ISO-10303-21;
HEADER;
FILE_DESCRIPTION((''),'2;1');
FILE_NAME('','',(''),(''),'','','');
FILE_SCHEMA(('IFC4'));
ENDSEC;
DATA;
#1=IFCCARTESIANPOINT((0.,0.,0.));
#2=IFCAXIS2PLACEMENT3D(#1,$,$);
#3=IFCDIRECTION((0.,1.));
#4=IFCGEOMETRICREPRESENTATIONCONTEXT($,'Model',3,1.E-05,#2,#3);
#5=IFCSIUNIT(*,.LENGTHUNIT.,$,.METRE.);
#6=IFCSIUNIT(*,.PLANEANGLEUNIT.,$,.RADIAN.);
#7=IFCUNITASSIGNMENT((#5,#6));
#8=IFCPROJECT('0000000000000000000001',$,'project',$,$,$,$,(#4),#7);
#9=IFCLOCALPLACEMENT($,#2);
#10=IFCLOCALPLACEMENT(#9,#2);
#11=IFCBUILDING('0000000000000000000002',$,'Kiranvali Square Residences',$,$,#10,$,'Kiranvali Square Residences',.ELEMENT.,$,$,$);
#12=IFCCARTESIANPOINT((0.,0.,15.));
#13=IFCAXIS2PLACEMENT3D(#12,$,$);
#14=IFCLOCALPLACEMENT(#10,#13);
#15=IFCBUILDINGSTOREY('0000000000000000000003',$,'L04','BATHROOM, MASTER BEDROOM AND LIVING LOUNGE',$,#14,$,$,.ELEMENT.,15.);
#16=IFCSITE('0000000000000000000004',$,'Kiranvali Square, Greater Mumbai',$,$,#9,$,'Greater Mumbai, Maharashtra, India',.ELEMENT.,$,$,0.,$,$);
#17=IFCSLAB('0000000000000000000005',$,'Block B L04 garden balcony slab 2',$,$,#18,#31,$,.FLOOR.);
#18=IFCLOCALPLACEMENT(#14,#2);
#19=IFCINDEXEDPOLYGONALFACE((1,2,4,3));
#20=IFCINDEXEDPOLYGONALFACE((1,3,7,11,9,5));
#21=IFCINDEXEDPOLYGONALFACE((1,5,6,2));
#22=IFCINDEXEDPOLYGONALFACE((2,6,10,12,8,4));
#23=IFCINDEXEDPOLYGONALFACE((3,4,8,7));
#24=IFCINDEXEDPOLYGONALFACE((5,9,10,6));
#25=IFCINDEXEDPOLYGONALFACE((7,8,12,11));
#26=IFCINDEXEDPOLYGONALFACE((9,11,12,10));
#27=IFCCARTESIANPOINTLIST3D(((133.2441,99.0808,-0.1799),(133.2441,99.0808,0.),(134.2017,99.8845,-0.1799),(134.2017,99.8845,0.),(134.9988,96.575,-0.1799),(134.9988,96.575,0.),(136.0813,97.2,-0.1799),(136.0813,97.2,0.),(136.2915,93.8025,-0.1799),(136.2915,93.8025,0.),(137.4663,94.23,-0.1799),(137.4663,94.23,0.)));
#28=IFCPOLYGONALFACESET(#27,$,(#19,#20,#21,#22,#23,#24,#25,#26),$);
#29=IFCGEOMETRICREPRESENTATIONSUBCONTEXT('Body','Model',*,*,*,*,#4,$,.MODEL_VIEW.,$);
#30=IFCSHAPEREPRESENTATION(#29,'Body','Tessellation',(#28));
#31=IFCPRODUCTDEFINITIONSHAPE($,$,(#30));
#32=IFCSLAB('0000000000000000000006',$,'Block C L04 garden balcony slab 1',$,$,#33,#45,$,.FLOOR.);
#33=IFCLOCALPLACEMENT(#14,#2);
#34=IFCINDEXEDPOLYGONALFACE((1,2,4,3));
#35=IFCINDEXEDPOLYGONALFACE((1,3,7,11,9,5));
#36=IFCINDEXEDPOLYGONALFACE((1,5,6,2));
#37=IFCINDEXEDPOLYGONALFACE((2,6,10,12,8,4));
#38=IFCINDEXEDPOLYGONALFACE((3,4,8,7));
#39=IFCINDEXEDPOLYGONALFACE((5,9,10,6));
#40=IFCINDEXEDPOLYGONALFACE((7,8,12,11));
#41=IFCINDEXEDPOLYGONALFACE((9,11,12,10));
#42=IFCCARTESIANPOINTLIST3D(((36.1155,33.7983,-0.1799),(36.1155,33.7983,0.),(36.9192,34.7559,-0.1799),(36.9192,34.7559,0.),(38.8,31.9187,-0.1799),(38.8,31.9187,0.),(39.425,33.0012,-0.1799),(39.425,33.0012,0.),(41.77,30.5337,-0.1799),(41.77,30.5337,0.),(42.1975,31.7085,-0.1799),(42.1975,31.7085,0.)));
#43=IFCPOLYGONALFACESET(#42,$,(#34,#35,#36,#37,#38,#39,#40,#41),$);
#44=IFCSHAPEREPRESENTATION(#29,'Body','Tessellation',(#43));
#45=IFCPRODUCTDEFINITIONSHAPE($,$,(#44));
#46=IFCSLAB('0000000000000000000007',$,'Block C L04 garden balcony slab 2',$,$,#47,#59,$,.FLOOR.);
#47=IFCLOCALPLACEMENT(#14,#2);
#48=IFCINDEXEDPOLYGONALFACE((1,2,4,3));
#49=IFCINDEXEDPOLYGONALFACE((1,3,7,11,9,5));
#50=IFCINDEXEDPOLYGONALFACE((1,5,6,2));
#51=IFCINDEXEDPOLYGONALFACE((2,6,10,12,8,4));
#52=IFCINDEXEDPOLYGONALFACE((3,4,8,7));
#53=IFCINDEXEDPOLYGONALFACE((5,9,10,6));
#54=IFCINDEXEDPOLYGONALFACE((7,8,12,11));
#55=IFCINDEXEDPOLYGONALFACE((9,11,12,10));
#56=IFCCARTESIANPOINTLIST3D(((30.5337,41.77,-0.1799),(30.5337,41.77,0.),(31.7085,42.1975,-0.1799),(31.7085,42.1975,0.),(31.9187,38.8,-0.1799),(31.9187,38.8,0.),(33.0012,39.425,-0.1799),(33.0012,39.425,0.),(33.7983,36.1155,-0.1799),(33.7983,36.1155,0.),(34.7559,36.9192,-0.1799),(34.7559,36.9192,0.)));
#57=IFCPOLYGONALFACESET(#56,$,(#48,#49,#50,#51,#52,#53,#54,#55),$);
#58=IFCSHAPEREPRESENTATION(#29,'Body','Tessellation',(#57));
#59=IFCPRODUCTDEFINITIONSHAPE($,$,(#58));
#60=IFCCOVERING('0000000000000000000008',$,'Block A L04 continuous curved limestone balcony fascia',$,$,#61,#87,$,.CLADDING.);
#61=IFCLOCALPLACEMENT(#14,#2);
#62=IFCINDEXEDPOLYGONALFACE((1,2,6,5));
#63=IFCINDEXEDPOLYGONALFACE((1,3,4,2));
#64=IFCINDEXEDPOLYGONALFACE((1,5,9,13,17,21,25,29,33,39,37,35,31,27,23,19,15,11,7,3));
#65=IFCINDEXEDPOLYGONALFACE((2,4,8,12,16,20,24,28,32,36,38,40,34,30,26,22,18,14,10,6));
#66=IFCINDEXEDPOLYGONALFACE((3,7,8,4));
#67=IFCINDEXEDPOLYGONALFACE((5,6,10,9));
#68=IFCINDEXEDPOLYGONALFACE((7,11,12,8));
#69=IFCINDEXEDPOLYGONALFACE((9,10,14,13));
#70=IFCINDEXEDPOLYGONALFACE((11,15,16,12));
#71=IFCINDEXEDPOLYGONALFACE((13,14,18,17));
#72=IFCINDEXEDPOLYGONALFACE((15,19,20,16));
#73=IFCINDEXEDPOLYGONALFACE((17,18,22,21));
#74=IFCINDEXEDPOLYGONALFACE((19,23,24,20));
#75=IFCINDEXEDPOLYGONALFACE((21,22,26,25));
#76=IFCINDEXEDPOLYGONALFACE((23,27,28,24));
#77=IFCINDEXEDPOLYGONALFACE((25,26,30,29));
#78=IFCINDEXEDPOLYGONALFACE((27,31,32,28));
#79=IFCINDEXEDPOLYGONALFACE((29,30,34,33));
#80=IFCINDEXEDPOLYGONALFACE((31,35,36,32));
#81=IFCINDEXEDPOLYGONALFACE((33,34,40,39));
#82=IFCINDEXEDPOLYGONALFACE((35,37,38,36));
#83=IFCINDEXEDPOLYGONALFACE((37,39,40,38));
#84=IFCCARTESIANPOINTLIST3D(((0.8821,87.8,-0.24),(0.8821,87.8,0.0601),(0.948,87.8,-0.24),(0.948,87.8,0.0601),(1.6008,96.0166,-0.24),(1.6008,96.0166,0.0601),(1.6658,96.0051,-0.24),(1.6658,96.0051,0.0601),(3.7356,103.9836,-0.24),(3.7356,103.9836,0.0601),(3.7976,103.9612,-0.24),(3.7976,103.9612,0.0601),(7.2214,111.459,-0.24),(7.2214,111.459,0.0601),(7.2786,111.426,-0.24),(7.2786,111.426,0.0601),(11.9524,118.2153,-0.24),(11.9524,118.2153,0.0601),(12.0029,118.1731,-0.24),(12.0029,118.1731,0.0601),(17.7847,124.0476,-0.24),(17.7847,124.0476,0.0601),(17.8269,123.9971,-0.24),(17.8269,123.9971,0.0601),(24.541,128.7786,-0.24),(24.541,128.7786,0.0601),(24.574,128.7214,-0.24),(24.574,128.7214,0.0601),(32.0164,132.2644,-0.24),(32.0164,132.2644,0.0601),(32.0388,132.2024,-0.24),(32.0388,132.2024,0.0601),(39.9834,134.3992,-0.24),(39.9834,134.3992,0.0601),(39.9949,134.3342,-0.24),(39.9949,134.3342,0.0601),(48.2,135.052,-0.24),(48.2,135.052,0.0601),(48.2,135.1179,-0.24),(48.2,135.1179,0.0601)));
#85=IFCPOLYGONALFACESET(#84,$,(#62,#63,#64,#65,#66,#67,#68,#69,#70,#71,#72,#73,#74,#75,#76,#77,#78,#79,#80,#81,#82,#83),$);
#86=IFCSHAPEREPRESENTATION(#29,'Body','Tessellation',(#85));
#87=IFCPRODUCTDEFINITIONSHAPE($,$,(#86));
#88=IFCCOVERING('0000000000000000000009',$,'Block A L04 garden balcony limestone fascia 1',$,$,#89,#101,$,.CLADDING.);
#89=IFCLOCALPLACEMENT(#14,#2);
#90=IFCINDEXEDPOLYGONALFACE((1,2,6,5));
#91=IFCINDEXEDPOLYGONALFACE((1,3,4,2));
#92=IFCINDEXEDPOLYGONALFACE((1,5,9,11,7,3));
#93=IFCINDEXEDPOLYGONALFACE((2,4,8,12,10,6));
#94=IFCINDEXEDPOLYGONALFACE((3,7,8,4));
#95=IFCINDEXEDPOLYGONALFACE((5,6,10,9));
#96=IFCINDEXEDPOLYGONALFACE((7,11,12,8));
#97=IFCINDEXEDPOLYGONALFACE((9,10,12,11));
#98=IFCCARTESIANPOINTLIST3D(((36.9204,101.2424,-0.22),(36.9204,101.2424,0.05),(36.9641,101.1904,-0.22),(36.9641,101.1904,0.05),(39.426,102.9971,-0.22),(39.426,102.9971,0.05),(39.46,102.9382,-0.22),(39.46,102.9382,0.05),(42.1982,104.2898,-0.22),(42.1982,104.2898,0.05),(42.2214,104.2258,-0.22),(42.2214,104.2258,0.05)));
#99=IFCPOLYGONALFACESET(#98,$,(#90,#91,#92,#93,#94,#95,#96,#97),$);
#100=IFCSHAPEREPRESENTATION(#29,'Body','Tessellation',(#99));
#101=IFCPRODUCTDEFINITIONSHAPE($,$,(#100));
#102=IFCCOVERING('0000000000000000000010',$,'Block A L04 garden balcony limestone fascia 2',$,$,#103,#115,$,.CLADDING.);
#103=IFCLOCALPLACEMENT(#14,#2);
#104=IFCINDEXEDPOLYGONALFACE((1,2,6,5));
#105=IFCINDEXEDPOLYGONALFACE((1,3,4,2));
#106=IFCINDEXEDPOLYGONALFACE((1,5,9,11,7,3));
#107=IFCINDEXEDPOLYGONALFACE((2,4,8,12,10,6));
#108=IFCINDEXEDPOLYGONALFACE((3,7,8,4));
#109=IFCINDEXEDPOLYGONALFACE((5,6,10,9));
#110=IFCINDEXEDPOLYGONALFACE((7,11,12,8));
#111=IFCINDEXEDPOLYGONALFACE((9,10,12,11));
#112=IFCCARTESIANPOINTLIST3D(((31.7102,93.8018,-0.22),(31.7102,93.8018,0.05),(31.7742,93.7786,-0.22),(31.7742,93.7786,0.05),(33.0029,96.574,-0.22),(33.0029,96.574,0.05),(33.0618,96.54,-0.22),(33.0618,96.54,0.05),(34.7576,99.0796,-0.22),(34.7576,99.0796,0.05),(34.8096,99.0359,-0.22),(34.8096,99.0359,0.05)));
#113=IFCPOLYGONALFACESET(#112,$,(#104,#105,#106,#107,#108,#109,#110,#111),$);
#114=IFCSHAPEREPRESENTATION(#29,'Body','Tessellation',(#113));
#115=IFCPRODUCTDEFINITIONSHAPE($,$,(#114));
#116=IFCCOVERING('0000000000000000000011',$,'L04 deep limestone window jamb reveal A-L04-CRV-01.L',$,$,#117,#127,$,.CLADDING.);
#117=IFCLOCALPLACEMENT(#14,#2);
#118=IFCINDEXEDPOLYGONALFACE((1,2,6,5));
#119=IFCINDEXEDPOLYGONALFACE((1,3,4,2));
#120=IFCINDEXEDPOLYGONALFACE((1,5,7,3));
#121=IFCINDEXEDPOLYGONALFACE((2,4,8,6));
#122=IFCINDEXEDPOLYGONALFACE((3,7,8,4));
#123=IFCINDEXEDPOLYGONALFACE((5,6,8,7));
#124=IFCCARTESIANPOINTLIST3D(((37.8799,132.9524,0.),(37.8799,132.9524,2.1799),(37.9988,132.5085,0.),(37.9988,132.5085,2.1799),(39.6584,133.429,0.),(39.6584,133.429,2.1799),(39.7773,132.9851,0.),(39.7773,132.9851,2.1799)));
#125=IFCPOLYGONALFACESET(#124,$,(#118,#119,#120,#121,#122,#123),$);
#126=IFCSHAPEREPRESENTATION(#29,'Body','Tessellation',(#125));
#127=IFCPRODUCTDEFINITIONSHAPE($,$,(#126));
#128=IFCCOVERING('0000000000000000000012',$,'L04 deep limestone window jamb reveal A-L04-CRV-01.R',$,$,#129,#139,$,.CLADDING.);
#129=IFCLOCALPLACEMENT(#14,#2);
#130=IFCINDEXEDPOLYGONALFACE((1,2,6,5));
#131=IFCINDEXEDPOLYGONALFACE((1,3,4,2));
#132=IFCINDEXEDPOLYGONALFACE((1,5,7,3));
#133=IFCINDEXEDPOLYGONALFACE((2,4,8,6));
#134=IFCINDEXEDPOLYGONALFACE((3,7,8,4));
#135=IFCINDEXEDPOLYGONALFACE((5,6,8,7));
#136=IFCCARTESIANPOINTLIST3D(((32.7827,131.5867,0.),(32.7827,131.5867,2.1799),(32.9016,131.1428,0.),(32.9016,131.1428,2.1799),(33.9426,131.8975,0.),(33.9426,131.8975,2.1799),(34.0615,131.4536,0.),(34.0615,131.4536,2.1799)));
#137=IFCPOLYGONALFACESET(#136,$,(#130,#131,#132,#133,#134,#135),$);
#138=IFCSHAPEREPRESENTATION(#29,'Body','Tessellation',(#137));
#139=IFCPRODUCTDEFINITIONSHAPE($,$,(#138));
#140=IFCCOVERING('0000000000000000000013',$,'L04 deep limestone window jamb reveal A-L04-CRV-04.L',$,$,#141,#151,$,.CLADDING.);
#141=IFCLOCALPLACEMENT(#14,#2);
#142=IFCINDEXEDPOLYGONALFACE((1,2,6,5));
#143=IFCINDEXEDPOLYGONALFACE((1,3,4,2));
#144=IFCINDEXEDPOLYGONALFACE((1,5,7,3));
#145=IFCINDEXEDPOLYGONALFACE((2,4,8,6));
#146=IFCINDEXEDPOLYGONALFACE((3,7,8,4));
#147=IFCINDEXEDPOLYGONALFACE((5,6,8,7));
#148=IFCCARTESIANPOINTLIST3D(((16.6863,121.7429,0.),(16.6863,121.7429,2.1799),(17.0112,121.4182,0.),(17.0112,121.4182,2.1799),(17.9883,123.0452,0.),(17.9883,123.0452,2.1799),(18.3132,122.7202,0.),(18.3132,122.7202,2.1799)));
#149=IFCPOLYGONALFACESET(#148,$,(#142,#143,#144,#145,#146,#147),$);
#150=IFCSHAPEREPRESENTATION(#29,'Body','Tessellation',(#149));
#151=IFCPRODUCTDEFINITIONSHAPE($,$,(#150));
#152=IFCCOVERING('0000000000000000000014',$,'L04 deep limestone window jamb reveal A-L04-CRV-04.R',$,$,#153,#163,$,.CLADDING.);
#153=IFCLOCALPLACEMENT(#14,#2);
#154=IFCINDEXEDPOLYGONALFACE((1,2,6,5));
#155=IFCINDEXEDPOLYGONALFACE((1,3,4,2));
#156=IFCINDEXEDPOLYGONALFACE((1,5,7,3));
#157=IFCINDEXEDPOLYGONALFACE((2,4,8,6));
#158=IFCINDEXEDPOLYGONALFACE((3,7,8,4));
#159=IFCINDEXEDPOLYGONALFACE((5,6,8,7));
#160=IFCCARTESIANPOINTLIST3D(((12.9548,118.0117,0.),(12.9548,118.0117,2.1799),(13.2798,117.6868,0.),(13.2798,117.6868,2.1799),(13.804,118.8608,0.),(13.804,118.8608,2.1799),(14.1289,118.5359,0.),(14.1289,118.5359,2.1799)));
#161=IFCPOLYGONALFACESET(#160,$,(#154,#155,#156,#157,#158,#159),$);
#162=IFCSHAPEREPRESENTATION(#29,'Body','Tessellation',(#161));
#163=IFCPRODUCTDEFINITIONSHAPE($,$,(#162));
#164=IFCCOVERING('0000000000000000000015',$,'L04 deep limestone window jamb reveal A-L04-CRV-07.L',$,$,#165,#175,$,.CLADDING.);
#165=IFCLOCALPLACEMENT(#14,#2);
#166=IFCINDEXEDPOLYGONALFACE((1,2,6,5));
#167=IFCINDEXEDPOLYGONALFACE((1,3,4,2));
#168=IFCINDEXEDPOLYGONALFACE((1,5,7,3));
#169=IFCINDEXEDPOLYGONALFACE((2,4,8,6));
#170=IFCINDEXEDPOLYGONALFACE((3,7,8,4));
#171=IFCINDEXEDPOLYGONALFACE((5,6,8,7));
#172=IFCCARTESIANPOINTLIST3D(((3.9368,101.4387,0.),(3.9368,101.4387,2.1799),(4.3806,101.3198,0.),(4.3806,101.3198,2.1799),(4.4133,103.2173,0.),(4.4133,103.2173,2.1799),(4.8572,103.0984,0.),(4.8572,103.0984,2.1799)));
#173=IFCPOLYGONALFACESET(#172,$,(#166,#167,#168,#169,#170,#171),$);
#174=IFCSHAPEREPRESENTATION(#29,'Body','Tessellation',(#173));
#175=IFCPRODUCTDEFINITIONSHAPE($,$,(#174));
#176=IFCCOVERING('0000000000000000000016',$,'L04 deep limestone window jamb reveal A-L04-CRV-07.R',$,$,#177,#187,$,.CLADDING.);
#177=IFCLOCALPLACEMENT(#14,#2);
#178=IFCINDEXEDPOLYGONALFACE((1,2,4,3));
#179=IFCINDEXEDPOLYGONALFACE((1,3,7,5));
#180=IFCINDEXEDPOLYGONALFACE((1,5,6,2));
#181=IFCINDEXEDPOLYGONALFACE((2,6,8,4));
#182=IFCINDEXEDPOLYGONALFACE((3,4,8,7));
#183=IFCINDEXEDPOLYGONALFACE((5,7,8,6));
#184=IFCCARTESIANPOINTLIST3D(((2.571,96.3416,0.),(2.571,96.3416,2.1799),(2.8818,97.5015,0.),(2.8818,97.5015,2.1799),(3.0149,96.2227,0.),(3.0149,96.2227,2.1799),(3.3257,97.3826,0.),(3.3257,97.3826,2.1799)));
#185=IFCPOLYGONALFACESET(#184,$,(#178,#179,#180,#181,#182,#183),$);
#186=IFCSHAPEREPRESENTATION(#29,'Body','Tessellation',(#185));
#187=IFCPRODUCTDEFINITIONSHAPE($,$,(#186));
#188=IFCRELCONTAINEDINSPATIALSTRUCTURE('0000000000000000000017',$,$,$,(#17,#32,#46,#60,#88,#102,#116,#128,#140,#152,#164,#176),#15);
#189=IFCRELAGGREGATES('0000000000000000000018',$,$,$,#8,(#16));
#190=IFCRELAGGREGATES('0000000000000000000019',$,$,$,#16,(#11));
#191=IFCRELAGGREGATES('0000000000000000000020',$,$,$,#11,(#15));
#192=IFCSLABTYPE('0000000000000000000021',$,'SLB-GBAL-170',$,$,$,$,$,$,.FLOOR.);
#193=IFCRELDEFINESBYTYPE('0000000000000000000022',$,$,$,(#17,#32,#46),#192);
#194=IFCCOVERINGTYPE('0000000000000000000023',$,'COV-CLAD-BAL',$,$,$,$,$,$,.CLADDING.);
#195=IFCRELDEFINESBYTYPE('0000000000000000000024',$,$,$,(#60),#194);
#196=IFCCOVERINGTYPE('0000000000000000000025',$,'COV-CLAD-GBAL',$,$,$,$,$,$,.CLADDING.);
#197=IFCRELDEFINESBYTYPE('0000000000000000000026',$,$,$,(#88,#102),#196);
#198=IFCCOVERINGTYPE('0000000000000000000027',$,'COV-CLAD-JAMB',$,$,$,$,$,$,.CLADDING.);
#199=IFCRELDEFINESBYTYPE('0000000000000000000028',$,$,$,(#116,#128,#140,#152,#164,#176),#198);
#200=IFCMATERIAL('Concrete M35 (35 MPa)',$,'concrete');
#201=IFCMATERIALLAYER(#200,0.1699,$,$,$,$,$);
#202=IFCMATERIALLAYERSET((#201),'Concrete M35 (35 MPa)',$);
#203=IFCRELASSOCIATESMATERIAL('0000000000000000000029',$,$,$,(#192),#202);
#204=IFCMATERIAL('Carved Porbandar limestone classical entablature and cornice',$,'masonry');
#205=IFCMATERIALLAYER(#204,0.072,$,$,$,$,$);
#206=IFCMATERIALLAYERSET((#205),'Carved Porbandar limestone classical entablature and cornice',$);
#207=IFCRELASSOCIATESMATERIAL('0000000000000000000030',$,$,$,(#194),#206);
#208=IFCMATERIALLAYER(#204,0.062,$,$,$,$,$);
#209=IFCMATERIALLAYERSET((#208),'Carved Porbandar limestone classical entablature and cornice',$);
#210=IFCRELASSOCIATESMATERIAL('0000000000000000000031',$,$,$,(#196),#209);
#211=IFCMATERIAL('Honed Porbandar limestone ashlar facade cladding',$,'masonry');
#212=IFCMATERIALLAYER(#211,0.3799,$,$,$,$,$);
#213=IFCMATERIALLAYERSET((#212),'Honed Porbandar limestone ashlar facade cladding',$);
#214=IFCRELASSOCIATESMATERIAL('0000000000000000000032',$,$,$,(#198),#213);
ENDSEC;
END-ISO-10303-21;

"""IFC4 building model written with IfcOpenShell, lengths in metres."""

from ifc_helpers import new_model, si_unit, direction, frame, origin, place, context, subcontext, project, spatial, polyline, outline, extrude, material, layer, layer_set, type_object, element, save


model = new_model("IFC4")

# Units and contexts
model_context = context("Model", 3, precision=1e-05, world=origin(), true_north=direction((0.0, 1.0)))
body_context = subcontext(model_context, "Body", "Model", "MODEL_VIEW")
ifc_project = project(units=[si_unit("LENGTHUNIT", "METRE"), si_unit("PLANEANGLEUNIT", "RADIAN")], contexts=[model_context])

# Site, building, storey
site_placement = place(None, origin())
site = spatial("IfcSite", under=ifc_project, at=site_placement, Name="Kiranvali Square, Greater Mumbai", LongName="Greater Mumbai, Maharashtra, India", CompositionType="ELEMENT", RefElevation=0.0)
building_placement = place(site_placement, origin())
building = spatial("IfcBuilding", under=site, at=building_placement, Name="Kiranvali Square Residences", LongName="Kiranvali Square Residences", CompositionType="ELEMENT")
storey_placement = place(building_placement, frame((0.0, 0.0, 15.0)))
storey = spatial("IfcBuildingStorey", under=building, at=storey_placement, Name="L04", Description="BATHROOM, MASTER BEDROOM AND LIVING LOUNGE", CompositionType="ELEMENT", Elevation=15.0)

# Slabs
ifc_material_1 = material(Name="Concrete M35 (35 MPa)", Category="concrete")
ifc_layer_1 = layer(ifc_material_1, 0.1699)
ifc_layer_set_1 = layer_set([ifc_layer_1], Name="Concrete M35 (35 MPa)")
slab_type_1 = type_object("IfcSlabType", Name="SLB-GBAL-170", PredefinedType="FLOOR", material=ifc_layer_set_1)
slab_1_placement = place(storey_placement, frame((0.0, 0.0, -0.1799)))
element("IfcSlab", 1, at=slab_1_placement, inside=storey, type_object=slab_type_1, Name="Block B L04 garden balcony slab 2", PredefinedType="FLOOR", context=body_context, shape_type="SweptSolid", body=[
    extrude(outline(polyline([(133.2441, 99.0808), (134.9988, 96.575), (136.2915, 93.8025), (137.4663, 94.23), (136.0813, 97.2), (134.2017, 99.8845), (133.2441, 99.0808)])), origin(), (0.0, 0.0, 1.0), 0.1799),
])
slab_2_placement = place(storey_placement, frame((0.0, 0.0, -0.1799)))
element("IfcSlab", 2, at=slab_2_placement, inside=storey, type_object=slab_type_1, Name="Block C L04 garden balcony slab 1", PredefinedType="FLOOR", context=body_context, shape_type="SweptSolid", body=[
    extrude(outline(polyline([(42.1975, 31.7085), (39.425, 33.0012), (36.9192, 34.7559), (36.1155, 33.7983), (38.8, 31.9187), (41.77, 30.5337), (42.1975, 31.7085)])), origin(), (0.0, 0.0, 1.0), 0.1799),
])
slab_3_placement = place(storey_placement, frame((0.0, 0.0, -0.1799)))
element("IfcSlab", 3, at=slab_3_placement, inside=storey, type_object=slab_type_1, Name="Block C L04 garden balcony slab 2", PredefinedType="FLOOR", context=body_context, shape_type="SweptSolid", body=[
    extrude(outline(polyline([(34.7559, 36.9192), (33.0012, 39.425), (31.7085, 42.1975), (30.5337, 41.77), (31.9187, 38.8), (33.7983, 36.1155), (34.7559, 36.9192)])), origin(), (0.0, 0.0, 1.0), 0.1799),
])

# Coverings
ifc_material_2 = material(Name="Carved Porbandar limestone classical entablature and cornice", Category="masonry")
ifc_layer_2 = layer(ifc_material_2, 0.072)
ifc_layer_set_2 = layer_set([ifc_layer_2], Name="Carved Porbandar limestone classical entablature and cornice")
covering_type_1 = type_object("IfcCoveringType", Name="COV-CLAD-BAL", PredefinedType="CLADDING", material=ifc_layer_set_2)
covering_1_placement = place(storey_placement, frame((0.0, 0.0, -0.24)))
element("IfcCovering", 4, at=covering_1_placement, inside=storey, type_object=covering_type_1, Name="Block A L04 continuous curved limestone balcony fascia", PredefinedType="CLADDING", context=body_context, shape_type="SweptSolid", body=[
    extrude(outline(polyline([(48.2, 135.1179), (39.9834, 134.3992), (32.0164, 132.2644), (24.541, 128.7786), (17.7847, 124.0476), (11.9524, 118.2153), (7.2214, 111.459), (3.7356, 103.9836), (1.6008, 96.0166), (0.8821, 87.8), (0.948, 87.8), (1.6658, 96.0051), (3.7976, 103.9612), (7.2786, 111.426), (12.0029, 118.1731), (17.8269, 123.9971), (24.574, 128.7214), (32.0388, 132.2024), (39.9949, 134.3342), (48.2, 135.052), (48.2, 135.1179)])), origin(), (0.0, 0.0, 1.0), 0.3),
])
ifc_layer_3 = layer(ifc_material_2, 0.062)
ifc_layer_set_3 = layer_set([ifc_layer_3], Name="Carved Porbandar limestone classical entablature and cornice")
covering_type_2 = type_object("IfcCoveringType", Name="COV-CLAD-GBAL", PredefinedType="CLADDING", material=ifc_layer_set_3)
covering_2_placement = place(storey_placement, frame((0.0, 0.0, -0.22)))
element("IfcCovering", 5, at=covering_2_placement, inside=storey, type_object=covering_type_2, Name="Block A L04 garden balcony limestone fascia 1", PredefinedType="CLADDING", context=body_context, shape_type="SweptSolid", body=[
    extrude(outline(polyline([(42.1982, 104.2898), (39.426, 102.9971), (36.9204, 101.2424), (36.9641, 101.1904), (39.46, 102.9382), (42.2214, 104.2258), (42.1982, 104.2898)])), origin(), (0.0, 0.0, 1.0), 0.27),
])
covering_3_placement = place(storey_placement, frame((0.0, 0.0, -0.22)))
element("IfcCovering", 6, at=covering_3_placement, inside=storey, type_object=covering_type_2, Name="Block A L04 garden balcony limestone fascia 2", PredefinedType="CLADDING", context=body_context, shape_type="SweptSolid", body=[
    extrude(outline(polyline([(34.7576, 99.0796), (33.0029, 96.574), (31.7102, 93.8018), (31.7742, 93.7786), (33.0618, 96.54), (34.8096, 99.0359), (34.7576, 99.0796)])), origin(), (0.0, 0.0, 1.0), 0.27),
])
ifc_material_3 = material(Name="Honed Porbandar limestone ashlar facade cladding", Category="masonry")
ifc_layer_4 = layer(ifc_material_3, 0.3799)
ifc_layer_set_4 = layer_set([ifc_layer_4], Name="Honed Porbandar limestone ashlar facade cladding")
covering_type_3 = type_object("IfcCoveringType", Name="COV-CLAD-JAMB", PredefinedType="CLADDING", material=ifc_layer_set_4)
covering_4_placement = place(storey_placement, origin())
element("IfcCovering", 7, at=covering_4_placement, inside=storey, type_object=covering_type_3, Name="L04 deep limestone window jamb reveal A-L04-CRV-01.L", PredefinedType="CLADDING", context=body_context, shape_type="SweptSolid", body=[
    extrude(outline(polyline([(39.6584, 133.429), (37.8799, 132.9524), (37.9988, 132.5085), (39.7773, 132.9851), (39.6584, 133.429)])), origin(), (0.0, 0.0, 1.0), 2.1799),
])
covering_5_placement = place(storey_placement, origin())
element("IfcCovering", 8, at=covering_5_placement, inside=storey, type_object=covering_type_3, Name="L04 deep limestone window jamb reveal A-L04-CRV-01.R", PredefinedType="CLADDING", context=body_context, shape_type="SweptSolid", body=[
    extrude(outline(polyline([(33.9426, 131.8975), (32.7827, 131.5867), (32.9016, 131.1428), (34.0615, 131.4536), (33.9426, 131.8975)])), origin(), (0.0, 0.0, 1.0), 2.1799),
])
covering_6_placement = place(storey_placement, origin())
element("IfcCovering", 9, at=covering_6_placement, inside=storey, type_object=covering_type_3, Name="L04 deep limestone window jamb reveal A-L04-CRV-04.L", PredefinedType="CLADDING", context=body_context, shape_type="SweptSolid", body=[
    extrude(outline(polyline([(17.9883, 123.0452), (16.6863, 121.7429), (17.0112, 121.4182), (18.3132, 122.7202), (17.9883, 123.0452)])), origin(), (0.0, 0.0, 1.0), 2.1799),
])
covering_7_placement = place(storey_placement, origin())
element("IfcCovering", 10, at=covering_7_placement, inside=storey, type_object=covering_type_3, Name="L04 deep limestone window jamb reveal A-L04-CRV-04.R", PredefinedType="CLADDING", context=body_context, shape_type="SweptSolid", body=[
    extrude(outline(polyline([(13.804, 118.8608), (12.9548, 118.0117), (13.2798, 117.6868), (14.1289, 118.5359), (13.804, 118.8608)])), origin(), (0.0, 0.0, 1.0), 2.1799),
])
covering_8_placement = place(storey_placement, origin())
element("IfcCovering", 11, at=covering_8_placement, inside=storey, type_object=covering_type_3, Name="L04 deep limestone window jamb reveal A-L04-CRV-07.L", PredefinedType="CLADDING", context=body_context, shape_type="SweptSolid", body=[
    extrude(outline(polyline([(4.4133, 103.2173), (3.9368, 101.4387), (4.3806, 101.3198), (4.8572, 103.0984), (4.4133, 103.2173)])), origin(), (0.0, 0.0, 1.0), 2.1799),
])
covering_9_placement = place(storey_placement, origin())
element("IfcCovering", 12, at=covering_9_placement, inside=storey, type_object=covering_type_3, Name="L04 deep limestone window jamb reveal A-L04-CRV-07.R", PredefinedType="CLADDING", context=body_context, shape_type="SweptSolid", body=[
    extrude(outline(polyline([(2.8818, 97.5015), (2.571, 96.3416), (3.0149, 96.2227), (3.3257, 97.3826), (2.8818, 97.5015)])), origin(), (0.0, 0.0, 1.0), 2.1799),
])

save(model, "model.ifc")
